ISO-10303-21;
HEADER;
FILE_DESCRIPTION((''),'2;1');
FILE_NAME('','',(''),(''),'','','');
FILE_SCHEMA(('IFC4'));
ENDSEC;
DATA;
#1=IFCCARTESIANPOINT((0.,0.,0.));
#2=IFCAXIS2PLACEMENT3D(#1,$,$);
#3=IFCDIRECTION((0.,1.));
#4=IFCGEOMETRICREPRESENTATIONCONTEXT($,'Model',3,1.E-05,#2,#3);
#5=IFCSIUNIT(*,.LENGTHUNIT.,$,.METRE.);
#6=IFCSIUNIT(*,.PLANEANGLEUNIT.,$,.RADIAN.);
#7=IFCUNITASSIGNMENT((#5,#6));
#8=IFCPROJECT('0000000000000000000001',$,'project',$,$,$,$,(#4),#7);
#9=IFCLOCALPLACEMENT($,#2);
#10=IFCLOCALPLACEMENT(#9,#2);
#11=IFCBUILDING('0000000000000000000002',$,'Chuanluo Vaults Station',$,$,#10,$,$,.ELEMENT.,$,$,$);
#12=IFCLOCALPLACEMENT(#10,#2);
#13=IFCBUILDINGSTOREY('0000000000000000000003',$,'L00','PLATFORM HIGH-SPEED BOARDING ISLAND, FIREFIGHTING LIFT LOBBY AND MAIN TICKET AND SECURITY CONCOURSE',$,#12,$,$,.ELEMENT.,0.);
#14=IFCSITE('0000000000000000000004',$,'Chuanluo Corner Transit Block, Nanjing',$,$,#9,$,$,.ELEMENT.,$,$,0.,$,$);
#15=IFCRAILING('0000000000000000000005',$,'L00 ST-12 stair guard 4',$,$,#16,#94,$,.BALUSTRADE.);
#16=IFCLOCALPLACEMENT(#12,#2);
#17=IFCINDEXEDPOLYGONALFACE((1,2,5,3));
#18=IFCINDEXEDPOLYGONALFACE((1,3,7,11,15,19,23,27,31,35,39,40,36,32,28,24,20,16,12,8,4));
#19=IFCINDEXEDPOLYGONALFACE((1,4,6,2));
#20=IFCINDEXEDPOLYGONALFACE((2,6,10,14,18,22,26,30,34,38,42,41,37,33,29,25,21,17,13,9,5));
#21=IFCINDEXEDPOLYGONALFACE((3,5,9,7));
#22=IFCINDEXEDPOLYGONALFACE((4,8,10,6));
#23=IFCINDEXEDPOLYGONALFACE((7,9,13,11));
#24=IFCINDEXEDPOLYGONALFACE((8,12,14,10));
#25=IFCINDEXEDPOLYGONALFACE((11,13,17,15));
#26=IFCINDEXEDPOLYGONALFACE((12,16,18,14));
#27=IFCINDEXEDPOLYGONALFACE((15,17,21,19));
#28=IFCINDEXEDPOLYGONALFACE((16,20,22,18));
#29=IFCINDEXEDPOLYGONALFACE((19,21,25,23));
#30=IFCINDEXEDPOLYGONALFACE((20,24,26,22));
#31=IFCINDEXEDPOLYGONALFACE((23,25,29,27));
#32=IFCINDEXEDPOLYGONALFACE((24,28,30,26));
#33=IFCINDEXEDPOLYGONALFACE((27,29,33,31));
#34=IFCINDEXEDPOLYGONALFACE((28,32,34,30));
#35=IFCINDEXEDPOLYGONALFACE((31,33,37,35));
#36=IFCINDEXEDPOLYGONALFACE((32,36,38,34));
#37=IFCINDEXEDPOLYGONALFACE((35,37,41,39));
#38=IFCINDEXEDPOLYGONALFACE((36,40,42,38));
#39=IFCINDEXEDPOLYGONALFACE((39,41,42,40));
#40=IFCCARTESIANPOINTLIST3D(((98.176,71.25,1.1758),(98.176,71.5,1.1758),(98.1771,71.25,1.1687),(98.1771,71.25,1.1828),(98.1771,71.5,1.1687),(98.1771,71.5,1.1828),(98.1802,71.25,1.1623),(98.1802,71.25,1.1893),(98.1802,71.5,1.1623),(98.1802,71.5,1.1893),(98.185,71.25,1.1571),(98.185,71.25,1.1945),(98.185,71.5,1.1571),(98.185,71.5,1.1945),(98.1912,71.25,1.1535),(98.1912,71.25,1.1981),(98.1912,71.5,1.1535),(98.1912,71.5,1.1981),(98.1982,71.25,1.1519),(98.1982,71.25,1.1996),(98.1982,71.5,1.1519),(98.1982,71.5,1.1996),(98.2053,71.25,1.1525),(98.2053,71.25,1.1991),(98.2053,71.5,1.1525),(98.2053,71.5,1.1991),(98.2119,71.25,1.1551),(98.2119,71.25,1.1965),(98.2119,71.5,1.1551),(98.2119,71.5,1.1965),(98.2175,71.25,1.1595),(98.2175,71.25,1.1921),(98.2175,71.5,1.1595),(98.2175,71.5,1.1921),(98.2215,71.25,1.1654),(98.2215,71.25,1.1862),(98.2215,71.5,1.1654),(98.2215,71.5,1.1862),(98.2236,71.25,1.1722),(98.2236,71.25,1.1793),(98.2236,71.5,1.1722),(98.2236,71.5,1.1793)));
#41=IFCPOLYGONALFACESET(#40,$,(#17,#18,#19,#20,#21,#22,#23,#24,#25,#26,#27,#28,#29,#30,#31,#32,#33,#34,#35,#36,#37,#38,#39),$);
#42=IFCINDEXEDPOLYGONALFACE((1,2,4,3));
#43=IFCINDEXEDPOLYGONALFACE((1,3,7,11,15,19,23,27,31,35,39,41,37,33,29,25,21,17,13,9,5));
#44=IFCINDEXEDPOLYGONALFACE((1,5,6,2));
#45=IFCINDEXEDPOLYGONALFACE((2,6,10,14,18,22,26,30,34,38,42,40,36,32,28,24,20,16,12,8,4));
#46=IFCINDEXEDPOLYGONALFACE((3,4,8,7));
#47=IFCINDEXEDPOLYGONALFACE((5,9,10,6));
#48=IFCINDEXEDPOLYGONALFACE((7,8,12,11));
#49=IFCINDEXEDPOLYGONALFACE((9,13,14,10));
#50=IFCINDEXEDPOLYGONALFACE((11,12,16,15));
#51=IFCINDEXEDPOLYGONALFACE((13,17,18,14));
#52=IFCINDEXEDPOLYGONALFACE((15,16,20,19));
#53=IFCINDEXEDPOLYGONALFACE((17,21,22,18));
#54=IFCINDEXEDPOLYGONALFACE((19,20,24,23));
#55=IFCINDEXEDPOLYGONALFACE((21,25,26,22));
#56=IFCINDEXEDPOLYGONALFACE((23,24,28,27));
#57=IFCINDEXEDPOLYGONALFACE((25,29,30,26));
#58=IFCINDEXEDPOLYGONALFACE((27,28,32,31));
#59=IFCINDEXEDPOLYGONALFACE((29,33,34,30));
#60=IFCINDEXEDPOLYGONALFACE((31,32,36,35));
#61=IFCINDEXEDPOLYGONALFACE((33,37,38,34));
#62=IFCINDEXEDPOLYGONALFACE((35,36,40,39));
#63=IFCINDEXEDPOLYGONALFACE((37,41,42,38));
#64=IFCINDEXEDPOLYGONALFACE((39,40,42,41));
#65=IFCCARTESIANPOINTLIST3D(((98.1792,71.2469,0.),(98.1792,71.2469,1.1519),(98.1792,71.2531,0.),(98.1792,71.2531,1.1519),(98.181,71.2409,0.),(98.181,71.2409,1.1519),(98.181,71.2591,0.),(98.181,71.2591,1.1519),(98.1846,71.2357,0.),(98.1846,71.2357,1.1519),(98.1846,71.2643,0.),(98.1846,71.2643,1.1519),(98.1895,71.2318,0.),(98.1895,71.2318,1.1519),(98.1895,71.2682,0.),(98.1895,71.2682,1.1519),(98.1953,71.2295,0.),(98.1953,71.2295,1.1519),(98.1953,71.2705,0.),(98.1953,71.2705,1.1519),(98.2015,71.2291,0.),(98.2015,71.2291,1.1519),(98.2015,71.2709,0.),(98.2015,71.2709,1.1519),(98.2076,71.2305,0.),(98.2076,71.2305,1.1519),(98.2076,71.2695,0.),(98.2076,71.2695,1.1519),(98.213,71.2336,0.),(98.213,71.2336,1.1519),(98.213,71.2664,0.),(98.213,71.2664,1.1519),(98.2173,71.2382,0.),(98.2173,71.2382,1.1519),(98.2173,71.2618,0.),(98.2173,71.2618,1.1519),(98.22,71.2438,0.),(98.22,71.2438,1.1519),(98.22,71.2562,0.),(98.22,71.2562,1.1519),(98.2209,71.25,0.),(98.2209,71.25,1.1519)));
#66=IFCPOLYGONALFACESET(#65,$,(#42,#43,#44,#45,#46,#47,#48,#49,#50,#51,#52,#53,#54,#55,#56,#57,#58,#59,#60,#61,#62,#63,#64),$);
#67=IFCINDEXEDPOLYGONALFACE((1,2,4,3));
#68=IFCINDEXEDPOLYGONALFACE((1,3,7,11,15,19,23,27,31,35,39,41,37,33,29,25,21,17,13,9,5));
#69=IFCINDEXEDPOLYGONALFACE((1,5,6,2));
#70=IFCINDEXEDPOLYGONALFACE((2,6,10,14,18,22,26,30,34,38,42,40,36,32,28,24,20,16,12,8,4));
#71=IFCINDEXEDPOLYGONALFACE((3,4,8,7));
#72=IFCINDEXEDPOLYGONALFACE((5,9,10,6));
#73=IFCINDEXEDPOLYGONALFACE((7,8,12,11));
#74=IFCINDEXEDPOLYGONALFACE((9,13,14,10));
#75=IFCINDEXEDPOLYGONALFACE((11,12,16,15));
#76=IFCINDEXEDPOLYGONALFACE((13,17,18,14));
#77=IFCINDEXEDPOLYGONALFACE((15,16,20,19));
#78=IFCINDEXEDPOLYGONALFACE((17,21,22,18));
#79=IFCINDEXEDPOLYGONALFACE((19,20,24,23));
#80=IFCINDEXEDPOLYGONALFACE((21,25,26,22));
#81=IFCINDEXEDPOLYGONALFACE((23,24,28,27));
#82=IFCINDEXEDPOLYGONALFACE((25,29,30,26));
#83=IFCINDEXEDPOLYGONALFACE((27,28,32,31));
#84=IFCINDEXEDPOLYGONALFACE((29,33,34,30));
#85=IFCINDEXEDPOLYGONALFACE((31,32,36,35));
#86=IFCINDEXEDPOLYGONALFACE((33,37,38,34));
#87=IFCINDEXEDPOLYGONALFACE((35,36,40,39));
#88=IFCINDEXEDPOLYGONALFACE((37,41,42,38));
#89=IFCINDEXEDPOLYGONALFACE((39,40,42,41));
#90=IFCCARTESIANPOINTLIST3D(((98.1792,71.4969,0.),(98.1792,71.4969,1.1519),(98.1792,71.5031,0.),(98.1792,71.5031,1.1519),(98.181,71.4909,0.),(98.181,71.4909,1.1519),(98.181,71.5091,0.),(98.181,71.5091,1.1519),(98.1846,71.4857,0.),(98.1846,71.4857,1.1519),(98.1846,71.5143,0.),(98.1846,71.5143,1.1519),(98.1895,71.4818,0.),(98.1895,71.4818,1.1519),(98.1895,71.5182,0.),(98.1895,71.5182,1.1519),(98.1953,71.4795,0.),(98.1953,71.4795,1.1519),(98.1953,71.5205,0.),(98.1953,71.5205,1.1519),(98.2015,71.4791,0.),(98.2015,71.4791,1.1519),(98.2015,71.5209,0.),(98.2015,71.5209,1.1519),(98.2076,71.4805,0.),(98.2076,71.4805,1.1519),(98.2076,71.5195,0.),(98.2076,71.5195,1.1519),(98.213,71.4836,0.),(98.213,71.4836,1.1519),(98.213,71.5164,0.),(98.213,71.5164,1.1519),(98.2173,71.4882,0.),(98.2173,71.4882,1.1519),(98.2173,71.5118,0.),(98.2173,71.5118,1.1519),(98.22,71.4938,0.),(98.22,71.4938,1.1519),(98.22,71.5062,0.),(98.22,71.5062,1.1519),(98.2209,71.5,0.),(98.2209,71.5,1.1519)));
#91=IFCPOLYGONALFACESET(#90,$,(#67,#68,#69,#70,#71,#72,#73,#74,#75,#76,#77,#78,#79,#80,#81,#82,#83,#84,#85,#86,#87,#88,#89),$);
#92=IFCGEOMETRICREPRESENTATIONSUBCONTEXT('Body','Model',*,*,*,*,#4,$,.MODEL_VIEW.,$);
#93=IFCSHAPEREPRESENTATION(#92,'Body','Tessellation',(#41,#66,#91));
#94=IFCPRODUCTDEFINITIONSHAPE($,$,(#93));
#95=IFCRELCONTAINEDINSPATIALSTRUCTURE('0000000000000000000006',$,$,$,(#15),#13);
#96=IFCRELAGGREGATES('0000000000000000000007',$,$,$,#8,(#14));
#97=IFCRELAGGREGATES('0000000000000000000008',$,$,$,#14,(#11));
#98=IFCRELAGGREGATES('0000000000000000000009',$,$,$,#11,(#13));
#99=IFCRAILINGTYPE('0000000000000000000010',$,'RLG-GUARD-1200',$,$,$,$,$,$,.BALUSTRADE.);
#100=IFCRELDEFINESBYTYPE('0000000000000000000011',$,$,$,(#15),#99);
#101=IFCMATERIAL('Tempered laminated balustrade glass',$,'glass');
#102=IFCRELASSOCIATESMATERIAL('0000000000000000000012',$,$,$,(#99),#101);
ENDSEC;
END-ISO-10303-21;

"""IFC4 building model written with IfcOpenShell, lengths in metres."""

from ifc_helpers import new_model, si_unit, direction, frame, origin, origin_2d, place, context, subcontext, project, spatial, circle, extrude, material, type_object, element, save


model = new_model("IFC4")

# Units and contexts
model_context = context("Model", 3, precision=1e-05, world=origin(), true_north=direction((0.0, 1.0)))
body_context = subcontext(model_context, "Body", "Model", "MODEL_VIEW")
ifc_project = project(units=[si_unit("LENGTHUNIT", "METRE"), si_unit("PLANEANGLEUNIT", "RADIAN")], contexts=[model_context])

# Site, building, storey
site_placement = place(None, origin())
site = spatial("IfcSite", under=ifc_project, at=site_placement, Name="Chuanluo Corner Transit Block, Nanjing", CompositionType="ELEMENT", RefElevation=0.0)
building_placement = place(site_placement, origin())
building = spatial("IfcBuilding", under=site, at=building_placement, Name="Chuanluo Vaults Station", CompositionType="ELEMENT")
storey_placement = place(building_placement, origin())
storey = spatial("IfcBuildingStorey", under=building, at=storey_placement, Name="L00", Description="PLATFORM HIGH-SPEED BOARDING ISLAND, FIREFIGHTING LIFT LOBBY AND MAIN TICKET AND SECURITY CONCOURSE", CompositionType="ELEMENT", Elevation=0.0)

# Railing
ifc_material_1 = material(Name="Tempered laminated balustrade glass", Category="glass")
railing_type_1 = type_object("IfcRailingType", Name="RLG-GUARD-1200", PredefinedType="BALUSTRADE", material=ifc_material_1)
railing_1_placement = place(storey_placement, frame((98.2, 71.25, 0.0)))
element("IfcRailing", 1, at=railing_1_placement, inside=storey, type_object=railing_type_1, Name="L00 ST-12 stair guard 4", PredefinedType="BALUSTRADE", context=body_context, shape_type="SweptSolid", body=[
    extrude(circle(Radius=0.0239, at=origin_2d()), frame((0.0, 0.0, 1.1758), z_axis=(0.0, 1.0, 0.0), x_axis=(-1.0, 0.0, 0.0)), (0.0, 0.0, 1.0), 0.25),
    extrude(circle(Radius=0.021, at=origin_2d()), origin(), (0.0, 0.0, 1.0), 1.1519),
    extrude(circle(Radius=0.021, at=origin_2d()), frame((0.0, 0.25, 0.0)), (0.0, 0.0, 1.0), 1.1519),
])

save(model, "model.ifc")
